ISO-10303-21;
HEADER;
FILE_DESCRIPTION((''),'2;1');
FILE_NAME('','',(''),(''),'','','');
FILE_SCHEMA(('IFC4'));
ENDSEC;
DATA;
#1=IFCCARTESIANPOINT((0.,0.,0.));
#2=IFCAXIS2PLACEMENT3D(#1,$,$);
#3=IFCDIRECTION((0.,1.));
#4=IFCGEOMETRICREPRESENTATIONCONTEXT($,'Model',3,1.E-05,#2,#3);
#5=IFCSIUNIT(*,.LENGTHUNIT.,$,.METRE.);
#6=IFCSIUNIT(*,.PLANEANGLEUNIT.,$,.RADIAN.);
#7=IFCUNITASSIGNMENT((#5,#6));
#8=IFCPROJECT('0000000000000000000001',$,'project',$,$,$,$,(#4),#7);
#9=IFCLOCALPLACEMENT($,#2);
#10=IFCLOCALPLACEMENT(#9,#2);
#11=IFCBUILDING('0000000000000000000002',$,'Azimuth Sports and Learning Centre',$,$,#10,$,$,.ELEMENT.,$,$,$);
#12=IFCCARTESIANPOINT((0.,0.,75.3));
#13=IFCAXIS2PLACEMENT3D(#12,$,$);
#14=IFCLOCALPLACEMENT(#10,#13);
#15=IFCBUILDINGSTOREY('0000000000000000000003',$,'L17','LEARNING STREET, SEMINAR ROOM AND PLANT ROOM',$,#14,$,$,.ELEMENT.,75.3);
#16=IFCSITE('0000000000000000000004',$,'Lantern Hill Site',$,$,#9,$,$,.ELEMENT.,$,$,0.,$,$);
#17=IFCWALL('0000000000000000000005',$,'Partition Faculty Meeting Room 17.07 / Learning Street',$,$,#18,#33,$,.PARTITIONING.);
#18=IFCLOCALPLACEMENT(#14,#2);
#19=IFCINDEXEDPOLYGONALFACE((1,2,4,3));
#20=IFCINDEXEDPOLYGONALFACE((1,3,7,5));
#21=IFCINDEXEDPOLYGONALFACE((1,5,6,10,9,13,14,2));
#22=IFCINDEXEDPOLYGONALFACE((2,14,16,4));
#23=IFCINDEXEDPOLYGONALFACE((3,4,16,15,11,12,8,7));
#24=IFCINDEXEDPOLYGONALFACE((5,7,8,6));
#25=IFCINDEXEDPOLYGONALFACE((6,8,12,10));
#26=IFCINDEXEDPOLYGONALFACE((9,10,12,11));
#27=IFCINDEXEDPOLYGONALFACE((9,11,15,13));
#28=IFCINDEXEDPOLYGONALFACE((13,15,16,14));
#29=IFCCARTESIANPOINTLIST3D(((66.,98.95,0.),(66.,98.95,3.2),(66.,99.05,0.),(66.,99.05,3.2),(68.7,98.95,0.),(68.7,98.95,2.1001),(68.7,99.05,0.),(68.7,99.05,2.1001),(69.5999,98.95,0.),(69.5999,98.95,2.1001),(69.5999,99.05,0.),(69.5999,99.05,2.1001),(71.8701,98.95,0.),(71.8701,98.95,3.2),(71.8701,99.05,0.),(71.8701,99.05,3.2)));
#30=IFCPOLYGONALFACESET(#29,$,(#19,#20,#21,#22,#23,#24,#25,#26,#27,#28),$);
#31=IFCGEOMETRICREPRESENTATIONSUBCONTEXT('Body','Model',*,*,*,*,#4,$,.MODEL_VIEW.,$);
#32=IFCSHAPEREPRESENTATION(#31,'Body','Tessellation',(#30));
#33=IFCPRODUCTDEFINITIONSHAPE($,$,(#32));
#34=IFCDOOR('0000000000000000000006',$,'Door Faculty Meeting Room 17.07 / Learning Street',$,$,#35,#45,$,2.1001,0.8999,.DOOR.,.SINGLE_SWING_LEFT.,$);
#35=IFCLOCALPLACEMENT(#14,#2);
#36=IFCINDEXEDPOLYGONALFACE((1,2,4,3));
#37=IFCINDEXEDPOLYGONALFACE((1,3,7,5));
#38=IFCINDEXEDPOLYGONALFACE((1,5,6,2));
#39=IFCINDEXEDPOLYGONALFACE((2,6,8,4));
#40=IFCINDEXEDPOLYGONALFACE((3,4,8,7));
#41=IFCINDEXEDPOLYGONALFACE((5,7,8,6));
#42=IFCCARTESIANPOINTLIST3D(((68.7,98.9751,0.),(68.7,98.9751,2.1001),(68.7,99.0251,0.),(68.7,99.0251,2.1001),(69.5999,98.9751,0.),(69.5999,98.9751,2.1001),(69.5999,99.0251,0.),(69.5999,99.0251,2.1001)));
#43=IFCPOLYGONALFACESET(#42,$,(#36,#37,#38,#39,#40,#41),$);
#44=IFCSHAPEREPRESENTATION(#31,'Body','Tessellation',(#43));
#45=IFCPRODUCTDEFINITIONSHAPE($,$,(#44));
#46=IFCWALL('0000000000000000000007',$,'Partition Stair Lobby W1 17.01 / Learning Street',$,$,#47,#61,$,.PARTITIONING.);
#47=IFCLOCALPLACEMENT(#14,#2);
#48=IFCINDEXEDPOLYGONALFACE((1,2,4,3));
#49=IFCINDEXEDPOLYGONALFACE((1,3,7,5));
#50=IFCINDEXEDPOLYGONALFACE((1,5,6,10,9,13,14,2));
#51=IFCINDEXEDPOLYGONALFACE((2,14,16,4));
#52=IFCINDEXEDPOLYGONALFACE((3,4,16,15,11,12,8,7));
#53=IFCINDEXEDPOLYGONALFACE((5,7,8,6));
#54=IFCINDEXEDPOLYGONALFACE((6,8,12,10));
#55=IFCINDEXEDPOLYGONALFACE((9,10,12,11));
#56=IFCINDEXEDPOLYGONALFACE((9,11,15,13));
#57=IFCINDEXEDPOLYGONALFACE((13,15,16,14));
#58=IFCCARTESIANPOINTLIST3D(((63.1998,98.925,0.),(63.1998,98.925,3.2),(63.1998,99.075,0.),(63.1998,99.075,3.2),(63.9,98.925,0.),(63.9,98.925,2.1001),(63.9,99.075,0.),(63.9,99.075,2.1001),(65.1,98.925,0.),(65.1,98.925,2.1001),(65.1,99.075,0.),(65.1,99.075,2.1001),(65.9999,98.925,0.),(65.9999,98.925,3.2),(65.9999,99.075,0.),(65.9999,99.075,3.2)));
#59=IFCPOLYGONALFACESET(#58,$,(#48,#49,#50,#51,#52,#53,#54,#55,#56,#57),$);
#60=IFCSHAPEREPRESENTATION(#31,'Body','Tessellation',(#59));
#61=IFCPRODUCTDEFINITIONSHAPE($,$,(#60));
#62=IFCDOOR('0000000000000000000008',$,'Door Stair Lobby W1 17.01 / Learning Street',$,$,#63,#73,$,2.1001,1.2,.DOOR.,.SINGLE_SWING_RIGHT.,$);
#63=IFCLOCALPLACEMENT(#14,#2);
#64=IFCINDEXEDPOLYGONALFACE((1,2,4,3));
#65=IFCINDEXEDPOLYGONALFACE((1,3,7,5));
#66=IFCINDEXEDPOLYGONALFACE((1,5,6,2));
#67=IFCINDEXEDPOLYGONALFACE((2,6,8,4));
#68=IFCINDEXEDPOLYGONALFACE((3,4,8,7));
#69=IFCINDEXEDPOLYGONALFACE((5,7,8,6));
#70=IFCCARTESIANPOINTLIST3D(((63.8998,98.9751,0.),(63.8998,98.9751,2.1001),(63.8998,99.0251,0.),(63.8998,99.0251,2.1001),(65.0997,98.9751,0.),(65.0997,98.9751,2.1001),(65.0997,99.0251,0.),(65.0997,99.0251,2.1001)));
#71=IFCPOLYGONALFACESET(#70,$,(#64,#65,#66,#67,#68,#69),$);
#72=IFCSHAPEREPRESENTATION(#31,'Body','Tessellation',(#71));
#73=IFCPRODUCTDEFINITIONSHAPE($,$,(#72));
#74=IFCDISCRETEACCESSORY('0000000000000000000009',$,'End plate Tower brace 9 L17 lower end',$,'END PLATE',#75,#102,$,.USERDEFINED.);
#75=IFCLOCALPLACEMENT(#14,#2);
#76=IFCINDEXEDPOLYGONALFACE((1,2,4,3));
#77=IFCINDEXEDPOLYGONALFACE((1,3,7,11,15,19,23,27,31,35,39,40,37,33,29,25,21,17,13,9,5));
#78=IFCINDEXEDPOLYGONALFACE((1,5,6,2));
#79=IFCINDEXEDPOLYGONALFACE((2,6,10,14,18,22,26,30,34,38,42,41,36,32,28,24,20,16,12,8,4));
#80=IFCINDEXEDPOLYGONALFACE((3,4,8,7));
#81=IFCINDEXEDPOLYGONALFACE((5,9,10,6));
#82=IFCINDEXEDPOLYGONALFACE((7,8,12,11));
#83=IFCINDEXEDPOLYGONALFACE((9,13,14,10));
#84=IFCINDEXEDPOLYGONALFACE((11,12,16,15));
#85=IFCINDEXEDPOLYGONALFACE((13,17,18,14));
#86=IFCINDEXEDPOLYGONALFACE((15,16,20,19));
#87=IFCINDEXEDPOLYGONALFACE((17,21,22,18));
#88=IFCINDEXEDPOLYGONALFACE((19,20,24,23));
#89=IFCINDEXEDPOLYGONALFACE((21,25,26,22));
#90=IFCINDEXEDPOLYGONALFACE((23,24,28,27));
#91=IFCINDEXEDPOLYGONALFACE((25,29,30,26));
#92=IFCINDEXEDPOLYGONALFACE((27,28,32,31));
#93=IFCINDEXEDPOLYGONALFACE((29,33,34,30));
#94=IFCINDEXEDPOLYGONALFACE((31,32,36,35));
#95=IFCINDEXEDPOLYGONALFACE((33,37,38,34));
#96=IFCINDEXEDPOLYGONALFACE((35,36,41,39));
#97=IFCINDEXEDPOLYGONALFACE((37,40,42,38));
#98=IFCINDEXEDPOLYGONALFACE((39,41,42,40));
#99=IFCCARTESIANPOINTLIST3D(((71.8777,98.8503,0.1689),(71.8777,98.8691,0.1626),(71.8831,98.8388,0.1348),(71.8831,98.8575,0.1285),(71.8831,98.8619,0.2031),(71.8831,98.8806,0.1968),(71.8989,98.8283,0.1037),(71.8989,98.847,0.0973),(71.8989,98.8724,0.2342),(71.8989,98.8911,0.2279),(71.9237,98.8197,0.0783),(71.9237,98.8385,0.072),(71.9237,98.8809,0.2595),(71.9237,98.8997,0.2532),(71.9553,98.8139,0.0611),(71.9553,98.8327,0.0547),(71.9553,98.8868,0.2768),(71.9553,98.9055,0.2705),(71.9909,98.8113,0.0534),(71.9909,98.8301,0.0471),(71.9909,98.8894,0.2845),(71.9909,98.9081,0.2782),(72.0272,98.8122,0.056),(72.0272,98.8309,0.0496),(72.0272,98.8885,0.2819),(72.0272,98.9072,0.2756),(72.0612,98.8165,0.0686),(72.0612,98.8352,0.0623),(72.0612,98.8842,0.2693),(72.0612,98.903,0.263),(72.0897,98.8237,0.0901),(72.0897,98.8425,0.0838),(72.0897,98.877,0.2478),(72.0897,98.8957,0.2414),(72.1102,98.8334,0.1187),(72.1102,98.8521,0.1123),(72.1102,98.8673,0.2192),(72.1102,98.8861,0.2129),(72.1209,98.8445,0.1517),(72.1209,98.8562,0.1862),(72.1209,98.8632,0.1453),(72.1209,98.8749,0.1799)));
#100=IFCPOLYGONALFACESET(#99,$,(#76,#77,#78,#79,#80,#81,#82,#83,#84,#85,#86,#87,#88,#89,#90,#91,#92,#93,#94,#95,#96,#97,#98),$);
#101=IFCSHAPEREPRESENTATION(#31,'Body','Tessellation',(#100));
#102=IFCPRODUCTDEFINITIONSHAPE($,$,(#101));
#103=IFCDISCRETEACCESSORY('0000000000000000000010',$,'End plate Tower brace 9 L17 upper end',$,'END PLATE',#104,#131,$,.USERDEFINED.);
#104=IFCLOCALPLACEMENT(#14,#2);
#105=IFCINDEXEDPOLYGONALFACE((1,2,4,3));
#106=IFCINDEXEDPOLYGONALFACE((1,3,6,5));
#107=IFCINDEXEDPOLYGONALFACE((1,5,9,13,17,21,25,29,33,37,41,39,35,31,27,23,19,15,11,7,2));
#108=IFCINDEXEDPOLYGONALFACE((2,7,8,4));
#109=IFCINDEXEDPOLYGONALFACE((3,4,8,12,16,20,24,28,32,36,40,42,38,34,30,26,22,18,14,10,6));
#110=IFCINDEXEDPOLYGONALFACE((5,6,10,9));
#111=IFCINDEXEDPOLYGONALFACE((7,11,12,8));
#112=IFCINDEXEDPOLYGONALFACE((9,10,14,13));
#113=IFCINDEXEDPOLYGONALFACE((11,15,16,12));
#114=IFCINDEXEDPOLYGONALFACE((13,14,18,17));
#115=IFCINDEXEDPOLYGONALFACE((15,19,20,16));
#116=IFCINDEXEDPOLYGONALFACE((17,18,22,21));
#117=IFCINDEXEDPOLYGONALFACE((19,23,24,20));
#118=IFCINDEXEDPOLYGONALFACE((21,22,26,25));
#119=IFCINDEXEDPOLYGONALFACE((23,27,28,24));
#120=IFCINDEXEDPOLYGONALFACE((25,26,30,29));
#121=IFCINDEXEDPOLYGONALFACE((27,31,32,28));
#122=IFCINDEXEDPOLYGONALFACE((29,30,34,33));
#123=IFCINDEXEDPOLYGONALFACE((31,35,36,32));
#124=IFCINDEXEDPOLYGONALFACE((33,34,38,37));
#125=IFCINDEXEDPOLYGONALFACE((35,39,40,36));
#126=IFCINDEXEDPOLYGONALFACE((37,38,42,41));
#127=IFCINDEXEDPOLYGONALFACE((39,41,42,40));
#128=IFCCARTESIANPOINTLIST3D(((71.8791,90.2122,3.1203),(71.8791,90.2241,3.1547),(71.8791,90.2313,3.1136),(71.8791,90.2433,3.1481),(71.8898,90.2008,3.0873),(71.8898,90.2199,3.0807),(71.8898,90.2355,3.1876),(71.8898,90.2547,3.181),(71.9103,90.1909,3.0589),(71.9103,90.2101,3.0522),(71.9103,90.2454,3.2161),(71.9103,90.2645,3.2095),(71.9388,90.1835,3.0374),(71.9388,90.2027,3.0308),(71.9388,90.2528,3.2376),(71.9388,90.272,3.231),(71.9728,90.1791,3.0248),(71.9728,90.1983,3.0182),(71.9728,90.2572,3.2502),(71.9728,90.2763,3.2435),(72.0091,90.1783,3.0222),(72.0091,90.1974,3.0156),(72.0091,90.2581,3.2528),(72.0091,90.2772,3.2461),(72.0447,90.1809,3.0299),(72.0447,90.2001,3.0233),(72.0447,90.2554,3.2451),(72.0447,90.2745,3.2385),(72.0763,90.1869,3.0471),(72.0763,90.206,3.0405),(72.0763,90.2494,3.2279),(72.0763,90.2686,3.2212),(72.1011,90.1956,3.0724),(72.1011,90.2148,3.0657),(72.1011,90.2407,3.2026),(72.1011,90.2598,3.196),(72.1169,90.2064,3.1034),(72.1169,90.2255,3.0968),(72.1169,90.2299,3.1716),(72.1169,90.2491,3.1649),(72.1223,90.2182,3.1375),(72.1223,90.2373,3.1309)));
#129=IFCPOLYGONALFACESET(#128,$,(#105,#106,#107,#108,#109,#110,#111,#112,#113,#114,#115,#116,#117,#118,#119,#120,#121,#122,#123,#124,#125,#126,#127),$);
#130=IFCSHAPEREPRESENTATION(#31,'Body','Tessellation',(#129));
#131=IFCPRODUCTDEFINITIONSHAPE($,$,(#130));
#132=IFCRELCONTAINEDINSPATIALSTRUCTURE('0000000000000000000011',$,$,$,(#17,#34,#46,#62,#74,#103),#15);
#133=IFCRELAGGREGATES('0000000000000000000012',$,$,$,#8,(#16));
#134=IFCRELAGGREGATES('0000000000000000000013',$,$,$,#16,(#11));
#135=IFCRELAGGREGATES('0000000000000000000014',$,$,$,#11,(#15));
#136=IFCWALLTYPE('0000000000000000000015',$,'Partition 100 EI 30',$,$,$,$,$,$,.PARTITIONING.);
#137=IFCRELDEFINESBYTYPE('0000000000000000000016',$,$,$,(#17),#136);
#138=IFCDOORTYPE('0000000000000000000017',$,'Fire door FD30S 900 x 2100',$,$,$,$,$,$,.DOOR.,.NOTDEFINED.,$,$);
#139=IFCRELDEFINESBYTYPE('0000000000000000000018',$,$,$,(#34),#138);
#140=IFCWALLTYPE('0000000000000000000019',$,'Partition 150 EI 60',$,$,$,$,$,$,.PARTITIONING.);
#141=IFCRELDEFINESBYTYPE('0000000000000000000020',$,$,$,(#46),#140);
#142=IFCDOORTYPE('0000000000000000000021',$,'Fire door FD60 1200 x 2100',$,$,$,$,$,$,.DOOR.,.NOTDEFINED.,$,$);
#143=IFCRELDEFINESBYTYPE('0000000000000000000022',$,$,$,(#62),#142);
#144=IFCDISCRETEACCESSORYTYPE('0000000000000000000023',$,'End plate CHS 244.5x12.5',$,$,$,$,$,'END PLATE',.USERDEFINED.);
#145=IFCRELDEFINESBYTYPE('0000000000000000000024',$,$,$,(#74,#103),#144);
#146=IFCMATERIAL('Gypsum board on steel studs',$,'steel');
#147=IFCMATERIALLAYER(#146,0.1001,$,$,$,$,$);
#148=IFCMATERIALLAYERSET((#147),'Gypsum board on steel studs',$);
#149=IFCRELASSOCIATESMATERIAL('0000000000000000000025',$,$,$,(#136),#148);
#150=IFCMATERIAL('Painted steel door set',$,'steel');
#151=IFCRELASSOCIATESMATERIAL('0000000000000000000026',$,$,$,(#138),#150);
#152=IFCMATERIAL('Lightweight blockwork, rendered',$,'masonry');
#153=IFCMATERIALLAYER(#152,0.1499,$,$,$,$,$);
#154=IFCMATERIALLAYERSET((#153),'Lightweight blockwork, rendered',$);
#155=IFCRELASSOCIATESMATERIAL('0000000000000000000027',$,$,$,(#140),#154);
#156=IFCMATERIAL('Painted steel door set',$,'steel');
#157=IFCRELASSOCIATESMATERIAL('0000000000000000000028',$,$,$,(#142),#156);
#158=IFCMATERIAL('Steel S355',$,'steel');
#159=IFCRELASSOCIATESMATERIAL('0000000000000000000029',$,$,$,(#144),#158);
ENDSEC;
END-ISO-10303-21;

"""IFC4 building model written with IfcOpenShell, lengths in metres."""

from ifc_helpers import new_model, si_unit, direction, frame, frame_2d, origin, origin_2d, place, context, subcontext, project, spatial, rectangle, circle, extrude, material, layer, layer_set, material_profile, profile_set, type_object, element, fill, save


model = new_model("IFC4")

# Units and contexts
model_context = context("Model", 3, precision=1e-05, world=origin(), true_north=direction((0.0, 1.0)))
body_context = subcontext(model_context, "Body", "Model", "MODEL_VIEW")
ifc_project = project(units=[si_unit("LENGTHUNIT", "METRE"), si_unit("PLANEANGLEUNIT", "RADIAN")], contexts=[model_context])

# Site, building, storey
site_placement = place(None, origin())
site = spatial("IfcSite", under=ifc_project, at=site_placement, Name="Lantern Hill Site", CompositionType="ELEMENT", RefElevation=0.0)
building_placement = place(site_placement, origin())
building = spatial("IfcBuilding", under=site, at=building_placement, Name="Azimuth Sports and Learning Centre", CompositionType="ELEMENT")
storey_placement = place(building_placement, frame((0.0, 0.0, 75.3)))
storey = spatial("IfcBuildingStorey", under=building, at=storey_placement, Name="L17", Description="LEARNING STREET, SEMINAR ROOM AND PLANT ROOM", CompositionType="ELEMENT", Elevation=75.3)

# Walls, openings, doors
ifc_material_1 = material(Name="Gypsum board on steel studs", Category="steel")
ifc_layer_1 = layer(ifc_material_1, 0.1001)
ifc_layer_set_1 = layer_set([ifc_layer_1], Name="Gypsum board on steel studs")
wall_type_1 = type_object("IfcWallType", Name="Partition 100 EI 30", PredefinedType="PARTITIONING", material=ifc_layer_set_1)
wall_1_placement = place(storey_placement, frame((66.0, 99.0, 0.0), z_axis=(0.0, 0.0, 1.0), x_axis=(1.0, 0.0, 0.0)))
wall_1 = element("IfcWall", 1, at=wall_1_placement, inside=storey, type_object=wall_type_1, Name="Partition Faculty Meeting Room 17.07 / Learning Street", PredefinedType="PARTITIONING", context=body_context, shape_type="SweptSolid", body=[
    extrude(rectangle(XDim=5.8701, YDim=0.1001, at=frame_2d((2.9351, 0.0))), origin(), (0.0, 0.0, 1.0), 3.2),
])
opening_1_placement = place(wall_1_placement, frame((2.7, 0.0, 0.0)))
opening_1 = element("IfcOpeningElement", 2, at=opening_1_placement, cuts=wall_1, PredefinedType="OPENING", context=body_context, shape_type="SweptSolid", body=[
    extrude(rectangle(XDim=0.8999, YDim=2.1001, at=frame_2d((0.45, 1.05))), frame((0.0, 0.061, 0.0), z_axis=(0.0, -1.0, 0.0), x_axis=(1.0, 0.0, 0.0)), (0.0, 0.0, 1.0), 0.1221),
])
ifc_material_2 = material(Name="Painted steel door set", Category="steel")
door_type_1 = type_object("IfcDoorType", Name="Fire door FD30S 900 x 2100", OperationType="NOTDEFINED", PredefinedType="DOOR", material=ifc_material_2)
door_1_placement = place(opening_1_placement, frame((0.8999, 0.0, 0.0), z_axis=(0.0, 0.0, 1.0), x_axis=(-1.0, 0.0, 0.0)))
door_1 = element("IfcDoor", 3, at=door_1_placement, inside=storey, type_object=door_type_1, Name="Door Faculty Meeting Room 17.07 / Learning Street", OperationType="SINGLE_SWING_LEFT", OverallHeight=2.1001, OverallWidth=0.8999, PredefinedType="DOOR", context=body_context, shape_type="SweptSolid", body=[
    extrude(rectangle(XDim=0.8999, YDim=2.1001, at=frame_2d((0.45, 1.05))), frame((0.0, 0.0249, 0.0), z_axis=(0.0, -1.0, 0.0), x_axis=(1.0, 0.0, 0.0)), (0.0, 0.0, 1.0), 0.05),
])
fill(opening_1, door_1)
ifc_material_3 = material(Name="Lightweight blockwork, rendered", Category="masonry")
ifc_layer_2 = layer(ifc_material_3, 0.1499)
ifc_layer_set_2 = layer_set([ifc_layer_2], Name="Lightweight blockwork, rendered")
wall_type_2 = type_object("IfcWallType", Name="Partition 150 EI 60", PredefinedType="PARTITIONING", material=ifc_layer_set_2)
wall_2_placement = place(storey_placement, frame((63.2, 99.0, 0.0), z_axis=(0.0, 0.0, 1.0), x_axis=(1.0, 0.0, 0.0)))
wall_2 = element("IfcWall", 4, at=wall_2_placement, inside=storey, type_object=wall_type_2, Name="Partition Stair Lobby W1 17.01 / Learning Street", PredefinedType="PARTITIONING", context=body_context, shape_type="SweptSolid", body=[
    extrude(rectangle(XDim=2.8, YDim=0.1499, at=frame_2d((1.3999, 0.0))), origin(), (0.0, 0.0, 1.0), 3.2),
])
opening_2_placement = place(wall_2_placement, frame((0.7, 0.0, 0.0)))
opening_2 = element("IfcOpeningElement", 5, at=opening_2_placement, cuts=wall_2, PredefinedType="OPENING", context=body_context, shape_type="SweptSolid", body=[
    extrude(rectangle(XDim=1.2, YDim=2.1001, at=frame_2d((0.6001, 1.05))), frame((0.0, 0.0859, 0.0), z_axis=(0.0, -1.0, 0.0), x_axis=(1.0, 0.0, 0.0)), (0.0, 0.0, 1.0), 0.1719),
])
ifc_material_4 = material(Name="Painted steel door set", Category="steel")
door_type_2 = type_object("IfcDoorType", Name="Fire door FD60 1200 x 2100", OperationType="NOTDEFINED", PredefinedType="DOOR", material=ifc_material_4)
door_2_placement = place(opening_2_placement, frame((1.2, 0.0, 0.0), z_axis=(0.0, 0.0, 1.0), x_axis=(-1.0, 0.0, 0.0)))
door_2 = element("IfcDoor", 6, at=door_2_placement, inside=storey, type_object=door_type_2, Name="Door Stair Lobby W1 17.01 / Learning Street", OperationType="SINGLE_SWING_RIGHT", OverallHeight=2.1001, OverallWidth=1.2, PredefinedType="DOOR", context=body_context, shape_type="SweptSolid", body=[
    extrude(rectangle(XDim=1.2, YDim=2.1001, at=frame_2d((0.6001, 1.05))), frame((0.0, 0.0249, 0.0), z_axis=(0.0, -1.0, 0.0), x_axis=(1.0, 0.0, 0.0)), (0.0, 0.0, 1.0), 0.05),
])
fill(opening_2, door_2)

# Discrete accessories
ifc_material_5 = material(Name="Steel S355", Category="steel")
ifc_material_profile_1 = material_profile(ifc_material_5, circle(Radius=0.1223, at=origin_2d()), Name="PL 244 DISC")
ifc_profile_set_1 = profile_set([ifc_material_profile_1], Name="Steel S355")
discrete_accessory_type = type_object("IfcDiscreteAccessoryType", Name="End plate CHS 244.5x12.5", ElementType="END PLATE", PredefinedType="USERDEFINED", material=ifc_profile_set_1)
discrete_accessory_1_placement = place(storey_placement, frame((72.0, 98.8503, 0.1689), z_axis=(0.0, 0.947446, -0.319917), x_axis=(-1.0, 0.0, 0.0)))
element("IfcDiscreteAccessory", 7, at=discrete_accessory_1_placement, inside=storey, type_object=discrete_accessory_type, Name="End plate Tower brace 9 L17 lower end", ObjectType="END PLATE", PredefinedType="USERDEFINED", context=body_context, shape_type="SweptSolid", body=[
    extrude(circle(Radius=0.1223, at=origin_2d()), origin(), (0.0, 0.0, 1.0), 0.0198),
])
discrete_accessory_2_placement = place(storey_placement, frame((72.0, 90.2373, 3.1309), z_axis=(0.0, -0.944986, 0.327111), x_axis=(1.0, 0.0, 0.0)))
element("IfcDiscreteAccessory", 8, at=discrete_accessory_2_placement, inside=storey, type_object=discrete_accessory_type, Name="End plate Tower brace 9 L17 upper end", ObjectType="END PLATE", PredefinedType="USERDEFINED", context=body_context, shape_type="SweptSolid", body=[
    extrude(circle(Radius=0.1223, at=origin_2d()), origin(), (0.0, 0.0, 1.0), 0.0203),
])

save(model, "model.ifc")
